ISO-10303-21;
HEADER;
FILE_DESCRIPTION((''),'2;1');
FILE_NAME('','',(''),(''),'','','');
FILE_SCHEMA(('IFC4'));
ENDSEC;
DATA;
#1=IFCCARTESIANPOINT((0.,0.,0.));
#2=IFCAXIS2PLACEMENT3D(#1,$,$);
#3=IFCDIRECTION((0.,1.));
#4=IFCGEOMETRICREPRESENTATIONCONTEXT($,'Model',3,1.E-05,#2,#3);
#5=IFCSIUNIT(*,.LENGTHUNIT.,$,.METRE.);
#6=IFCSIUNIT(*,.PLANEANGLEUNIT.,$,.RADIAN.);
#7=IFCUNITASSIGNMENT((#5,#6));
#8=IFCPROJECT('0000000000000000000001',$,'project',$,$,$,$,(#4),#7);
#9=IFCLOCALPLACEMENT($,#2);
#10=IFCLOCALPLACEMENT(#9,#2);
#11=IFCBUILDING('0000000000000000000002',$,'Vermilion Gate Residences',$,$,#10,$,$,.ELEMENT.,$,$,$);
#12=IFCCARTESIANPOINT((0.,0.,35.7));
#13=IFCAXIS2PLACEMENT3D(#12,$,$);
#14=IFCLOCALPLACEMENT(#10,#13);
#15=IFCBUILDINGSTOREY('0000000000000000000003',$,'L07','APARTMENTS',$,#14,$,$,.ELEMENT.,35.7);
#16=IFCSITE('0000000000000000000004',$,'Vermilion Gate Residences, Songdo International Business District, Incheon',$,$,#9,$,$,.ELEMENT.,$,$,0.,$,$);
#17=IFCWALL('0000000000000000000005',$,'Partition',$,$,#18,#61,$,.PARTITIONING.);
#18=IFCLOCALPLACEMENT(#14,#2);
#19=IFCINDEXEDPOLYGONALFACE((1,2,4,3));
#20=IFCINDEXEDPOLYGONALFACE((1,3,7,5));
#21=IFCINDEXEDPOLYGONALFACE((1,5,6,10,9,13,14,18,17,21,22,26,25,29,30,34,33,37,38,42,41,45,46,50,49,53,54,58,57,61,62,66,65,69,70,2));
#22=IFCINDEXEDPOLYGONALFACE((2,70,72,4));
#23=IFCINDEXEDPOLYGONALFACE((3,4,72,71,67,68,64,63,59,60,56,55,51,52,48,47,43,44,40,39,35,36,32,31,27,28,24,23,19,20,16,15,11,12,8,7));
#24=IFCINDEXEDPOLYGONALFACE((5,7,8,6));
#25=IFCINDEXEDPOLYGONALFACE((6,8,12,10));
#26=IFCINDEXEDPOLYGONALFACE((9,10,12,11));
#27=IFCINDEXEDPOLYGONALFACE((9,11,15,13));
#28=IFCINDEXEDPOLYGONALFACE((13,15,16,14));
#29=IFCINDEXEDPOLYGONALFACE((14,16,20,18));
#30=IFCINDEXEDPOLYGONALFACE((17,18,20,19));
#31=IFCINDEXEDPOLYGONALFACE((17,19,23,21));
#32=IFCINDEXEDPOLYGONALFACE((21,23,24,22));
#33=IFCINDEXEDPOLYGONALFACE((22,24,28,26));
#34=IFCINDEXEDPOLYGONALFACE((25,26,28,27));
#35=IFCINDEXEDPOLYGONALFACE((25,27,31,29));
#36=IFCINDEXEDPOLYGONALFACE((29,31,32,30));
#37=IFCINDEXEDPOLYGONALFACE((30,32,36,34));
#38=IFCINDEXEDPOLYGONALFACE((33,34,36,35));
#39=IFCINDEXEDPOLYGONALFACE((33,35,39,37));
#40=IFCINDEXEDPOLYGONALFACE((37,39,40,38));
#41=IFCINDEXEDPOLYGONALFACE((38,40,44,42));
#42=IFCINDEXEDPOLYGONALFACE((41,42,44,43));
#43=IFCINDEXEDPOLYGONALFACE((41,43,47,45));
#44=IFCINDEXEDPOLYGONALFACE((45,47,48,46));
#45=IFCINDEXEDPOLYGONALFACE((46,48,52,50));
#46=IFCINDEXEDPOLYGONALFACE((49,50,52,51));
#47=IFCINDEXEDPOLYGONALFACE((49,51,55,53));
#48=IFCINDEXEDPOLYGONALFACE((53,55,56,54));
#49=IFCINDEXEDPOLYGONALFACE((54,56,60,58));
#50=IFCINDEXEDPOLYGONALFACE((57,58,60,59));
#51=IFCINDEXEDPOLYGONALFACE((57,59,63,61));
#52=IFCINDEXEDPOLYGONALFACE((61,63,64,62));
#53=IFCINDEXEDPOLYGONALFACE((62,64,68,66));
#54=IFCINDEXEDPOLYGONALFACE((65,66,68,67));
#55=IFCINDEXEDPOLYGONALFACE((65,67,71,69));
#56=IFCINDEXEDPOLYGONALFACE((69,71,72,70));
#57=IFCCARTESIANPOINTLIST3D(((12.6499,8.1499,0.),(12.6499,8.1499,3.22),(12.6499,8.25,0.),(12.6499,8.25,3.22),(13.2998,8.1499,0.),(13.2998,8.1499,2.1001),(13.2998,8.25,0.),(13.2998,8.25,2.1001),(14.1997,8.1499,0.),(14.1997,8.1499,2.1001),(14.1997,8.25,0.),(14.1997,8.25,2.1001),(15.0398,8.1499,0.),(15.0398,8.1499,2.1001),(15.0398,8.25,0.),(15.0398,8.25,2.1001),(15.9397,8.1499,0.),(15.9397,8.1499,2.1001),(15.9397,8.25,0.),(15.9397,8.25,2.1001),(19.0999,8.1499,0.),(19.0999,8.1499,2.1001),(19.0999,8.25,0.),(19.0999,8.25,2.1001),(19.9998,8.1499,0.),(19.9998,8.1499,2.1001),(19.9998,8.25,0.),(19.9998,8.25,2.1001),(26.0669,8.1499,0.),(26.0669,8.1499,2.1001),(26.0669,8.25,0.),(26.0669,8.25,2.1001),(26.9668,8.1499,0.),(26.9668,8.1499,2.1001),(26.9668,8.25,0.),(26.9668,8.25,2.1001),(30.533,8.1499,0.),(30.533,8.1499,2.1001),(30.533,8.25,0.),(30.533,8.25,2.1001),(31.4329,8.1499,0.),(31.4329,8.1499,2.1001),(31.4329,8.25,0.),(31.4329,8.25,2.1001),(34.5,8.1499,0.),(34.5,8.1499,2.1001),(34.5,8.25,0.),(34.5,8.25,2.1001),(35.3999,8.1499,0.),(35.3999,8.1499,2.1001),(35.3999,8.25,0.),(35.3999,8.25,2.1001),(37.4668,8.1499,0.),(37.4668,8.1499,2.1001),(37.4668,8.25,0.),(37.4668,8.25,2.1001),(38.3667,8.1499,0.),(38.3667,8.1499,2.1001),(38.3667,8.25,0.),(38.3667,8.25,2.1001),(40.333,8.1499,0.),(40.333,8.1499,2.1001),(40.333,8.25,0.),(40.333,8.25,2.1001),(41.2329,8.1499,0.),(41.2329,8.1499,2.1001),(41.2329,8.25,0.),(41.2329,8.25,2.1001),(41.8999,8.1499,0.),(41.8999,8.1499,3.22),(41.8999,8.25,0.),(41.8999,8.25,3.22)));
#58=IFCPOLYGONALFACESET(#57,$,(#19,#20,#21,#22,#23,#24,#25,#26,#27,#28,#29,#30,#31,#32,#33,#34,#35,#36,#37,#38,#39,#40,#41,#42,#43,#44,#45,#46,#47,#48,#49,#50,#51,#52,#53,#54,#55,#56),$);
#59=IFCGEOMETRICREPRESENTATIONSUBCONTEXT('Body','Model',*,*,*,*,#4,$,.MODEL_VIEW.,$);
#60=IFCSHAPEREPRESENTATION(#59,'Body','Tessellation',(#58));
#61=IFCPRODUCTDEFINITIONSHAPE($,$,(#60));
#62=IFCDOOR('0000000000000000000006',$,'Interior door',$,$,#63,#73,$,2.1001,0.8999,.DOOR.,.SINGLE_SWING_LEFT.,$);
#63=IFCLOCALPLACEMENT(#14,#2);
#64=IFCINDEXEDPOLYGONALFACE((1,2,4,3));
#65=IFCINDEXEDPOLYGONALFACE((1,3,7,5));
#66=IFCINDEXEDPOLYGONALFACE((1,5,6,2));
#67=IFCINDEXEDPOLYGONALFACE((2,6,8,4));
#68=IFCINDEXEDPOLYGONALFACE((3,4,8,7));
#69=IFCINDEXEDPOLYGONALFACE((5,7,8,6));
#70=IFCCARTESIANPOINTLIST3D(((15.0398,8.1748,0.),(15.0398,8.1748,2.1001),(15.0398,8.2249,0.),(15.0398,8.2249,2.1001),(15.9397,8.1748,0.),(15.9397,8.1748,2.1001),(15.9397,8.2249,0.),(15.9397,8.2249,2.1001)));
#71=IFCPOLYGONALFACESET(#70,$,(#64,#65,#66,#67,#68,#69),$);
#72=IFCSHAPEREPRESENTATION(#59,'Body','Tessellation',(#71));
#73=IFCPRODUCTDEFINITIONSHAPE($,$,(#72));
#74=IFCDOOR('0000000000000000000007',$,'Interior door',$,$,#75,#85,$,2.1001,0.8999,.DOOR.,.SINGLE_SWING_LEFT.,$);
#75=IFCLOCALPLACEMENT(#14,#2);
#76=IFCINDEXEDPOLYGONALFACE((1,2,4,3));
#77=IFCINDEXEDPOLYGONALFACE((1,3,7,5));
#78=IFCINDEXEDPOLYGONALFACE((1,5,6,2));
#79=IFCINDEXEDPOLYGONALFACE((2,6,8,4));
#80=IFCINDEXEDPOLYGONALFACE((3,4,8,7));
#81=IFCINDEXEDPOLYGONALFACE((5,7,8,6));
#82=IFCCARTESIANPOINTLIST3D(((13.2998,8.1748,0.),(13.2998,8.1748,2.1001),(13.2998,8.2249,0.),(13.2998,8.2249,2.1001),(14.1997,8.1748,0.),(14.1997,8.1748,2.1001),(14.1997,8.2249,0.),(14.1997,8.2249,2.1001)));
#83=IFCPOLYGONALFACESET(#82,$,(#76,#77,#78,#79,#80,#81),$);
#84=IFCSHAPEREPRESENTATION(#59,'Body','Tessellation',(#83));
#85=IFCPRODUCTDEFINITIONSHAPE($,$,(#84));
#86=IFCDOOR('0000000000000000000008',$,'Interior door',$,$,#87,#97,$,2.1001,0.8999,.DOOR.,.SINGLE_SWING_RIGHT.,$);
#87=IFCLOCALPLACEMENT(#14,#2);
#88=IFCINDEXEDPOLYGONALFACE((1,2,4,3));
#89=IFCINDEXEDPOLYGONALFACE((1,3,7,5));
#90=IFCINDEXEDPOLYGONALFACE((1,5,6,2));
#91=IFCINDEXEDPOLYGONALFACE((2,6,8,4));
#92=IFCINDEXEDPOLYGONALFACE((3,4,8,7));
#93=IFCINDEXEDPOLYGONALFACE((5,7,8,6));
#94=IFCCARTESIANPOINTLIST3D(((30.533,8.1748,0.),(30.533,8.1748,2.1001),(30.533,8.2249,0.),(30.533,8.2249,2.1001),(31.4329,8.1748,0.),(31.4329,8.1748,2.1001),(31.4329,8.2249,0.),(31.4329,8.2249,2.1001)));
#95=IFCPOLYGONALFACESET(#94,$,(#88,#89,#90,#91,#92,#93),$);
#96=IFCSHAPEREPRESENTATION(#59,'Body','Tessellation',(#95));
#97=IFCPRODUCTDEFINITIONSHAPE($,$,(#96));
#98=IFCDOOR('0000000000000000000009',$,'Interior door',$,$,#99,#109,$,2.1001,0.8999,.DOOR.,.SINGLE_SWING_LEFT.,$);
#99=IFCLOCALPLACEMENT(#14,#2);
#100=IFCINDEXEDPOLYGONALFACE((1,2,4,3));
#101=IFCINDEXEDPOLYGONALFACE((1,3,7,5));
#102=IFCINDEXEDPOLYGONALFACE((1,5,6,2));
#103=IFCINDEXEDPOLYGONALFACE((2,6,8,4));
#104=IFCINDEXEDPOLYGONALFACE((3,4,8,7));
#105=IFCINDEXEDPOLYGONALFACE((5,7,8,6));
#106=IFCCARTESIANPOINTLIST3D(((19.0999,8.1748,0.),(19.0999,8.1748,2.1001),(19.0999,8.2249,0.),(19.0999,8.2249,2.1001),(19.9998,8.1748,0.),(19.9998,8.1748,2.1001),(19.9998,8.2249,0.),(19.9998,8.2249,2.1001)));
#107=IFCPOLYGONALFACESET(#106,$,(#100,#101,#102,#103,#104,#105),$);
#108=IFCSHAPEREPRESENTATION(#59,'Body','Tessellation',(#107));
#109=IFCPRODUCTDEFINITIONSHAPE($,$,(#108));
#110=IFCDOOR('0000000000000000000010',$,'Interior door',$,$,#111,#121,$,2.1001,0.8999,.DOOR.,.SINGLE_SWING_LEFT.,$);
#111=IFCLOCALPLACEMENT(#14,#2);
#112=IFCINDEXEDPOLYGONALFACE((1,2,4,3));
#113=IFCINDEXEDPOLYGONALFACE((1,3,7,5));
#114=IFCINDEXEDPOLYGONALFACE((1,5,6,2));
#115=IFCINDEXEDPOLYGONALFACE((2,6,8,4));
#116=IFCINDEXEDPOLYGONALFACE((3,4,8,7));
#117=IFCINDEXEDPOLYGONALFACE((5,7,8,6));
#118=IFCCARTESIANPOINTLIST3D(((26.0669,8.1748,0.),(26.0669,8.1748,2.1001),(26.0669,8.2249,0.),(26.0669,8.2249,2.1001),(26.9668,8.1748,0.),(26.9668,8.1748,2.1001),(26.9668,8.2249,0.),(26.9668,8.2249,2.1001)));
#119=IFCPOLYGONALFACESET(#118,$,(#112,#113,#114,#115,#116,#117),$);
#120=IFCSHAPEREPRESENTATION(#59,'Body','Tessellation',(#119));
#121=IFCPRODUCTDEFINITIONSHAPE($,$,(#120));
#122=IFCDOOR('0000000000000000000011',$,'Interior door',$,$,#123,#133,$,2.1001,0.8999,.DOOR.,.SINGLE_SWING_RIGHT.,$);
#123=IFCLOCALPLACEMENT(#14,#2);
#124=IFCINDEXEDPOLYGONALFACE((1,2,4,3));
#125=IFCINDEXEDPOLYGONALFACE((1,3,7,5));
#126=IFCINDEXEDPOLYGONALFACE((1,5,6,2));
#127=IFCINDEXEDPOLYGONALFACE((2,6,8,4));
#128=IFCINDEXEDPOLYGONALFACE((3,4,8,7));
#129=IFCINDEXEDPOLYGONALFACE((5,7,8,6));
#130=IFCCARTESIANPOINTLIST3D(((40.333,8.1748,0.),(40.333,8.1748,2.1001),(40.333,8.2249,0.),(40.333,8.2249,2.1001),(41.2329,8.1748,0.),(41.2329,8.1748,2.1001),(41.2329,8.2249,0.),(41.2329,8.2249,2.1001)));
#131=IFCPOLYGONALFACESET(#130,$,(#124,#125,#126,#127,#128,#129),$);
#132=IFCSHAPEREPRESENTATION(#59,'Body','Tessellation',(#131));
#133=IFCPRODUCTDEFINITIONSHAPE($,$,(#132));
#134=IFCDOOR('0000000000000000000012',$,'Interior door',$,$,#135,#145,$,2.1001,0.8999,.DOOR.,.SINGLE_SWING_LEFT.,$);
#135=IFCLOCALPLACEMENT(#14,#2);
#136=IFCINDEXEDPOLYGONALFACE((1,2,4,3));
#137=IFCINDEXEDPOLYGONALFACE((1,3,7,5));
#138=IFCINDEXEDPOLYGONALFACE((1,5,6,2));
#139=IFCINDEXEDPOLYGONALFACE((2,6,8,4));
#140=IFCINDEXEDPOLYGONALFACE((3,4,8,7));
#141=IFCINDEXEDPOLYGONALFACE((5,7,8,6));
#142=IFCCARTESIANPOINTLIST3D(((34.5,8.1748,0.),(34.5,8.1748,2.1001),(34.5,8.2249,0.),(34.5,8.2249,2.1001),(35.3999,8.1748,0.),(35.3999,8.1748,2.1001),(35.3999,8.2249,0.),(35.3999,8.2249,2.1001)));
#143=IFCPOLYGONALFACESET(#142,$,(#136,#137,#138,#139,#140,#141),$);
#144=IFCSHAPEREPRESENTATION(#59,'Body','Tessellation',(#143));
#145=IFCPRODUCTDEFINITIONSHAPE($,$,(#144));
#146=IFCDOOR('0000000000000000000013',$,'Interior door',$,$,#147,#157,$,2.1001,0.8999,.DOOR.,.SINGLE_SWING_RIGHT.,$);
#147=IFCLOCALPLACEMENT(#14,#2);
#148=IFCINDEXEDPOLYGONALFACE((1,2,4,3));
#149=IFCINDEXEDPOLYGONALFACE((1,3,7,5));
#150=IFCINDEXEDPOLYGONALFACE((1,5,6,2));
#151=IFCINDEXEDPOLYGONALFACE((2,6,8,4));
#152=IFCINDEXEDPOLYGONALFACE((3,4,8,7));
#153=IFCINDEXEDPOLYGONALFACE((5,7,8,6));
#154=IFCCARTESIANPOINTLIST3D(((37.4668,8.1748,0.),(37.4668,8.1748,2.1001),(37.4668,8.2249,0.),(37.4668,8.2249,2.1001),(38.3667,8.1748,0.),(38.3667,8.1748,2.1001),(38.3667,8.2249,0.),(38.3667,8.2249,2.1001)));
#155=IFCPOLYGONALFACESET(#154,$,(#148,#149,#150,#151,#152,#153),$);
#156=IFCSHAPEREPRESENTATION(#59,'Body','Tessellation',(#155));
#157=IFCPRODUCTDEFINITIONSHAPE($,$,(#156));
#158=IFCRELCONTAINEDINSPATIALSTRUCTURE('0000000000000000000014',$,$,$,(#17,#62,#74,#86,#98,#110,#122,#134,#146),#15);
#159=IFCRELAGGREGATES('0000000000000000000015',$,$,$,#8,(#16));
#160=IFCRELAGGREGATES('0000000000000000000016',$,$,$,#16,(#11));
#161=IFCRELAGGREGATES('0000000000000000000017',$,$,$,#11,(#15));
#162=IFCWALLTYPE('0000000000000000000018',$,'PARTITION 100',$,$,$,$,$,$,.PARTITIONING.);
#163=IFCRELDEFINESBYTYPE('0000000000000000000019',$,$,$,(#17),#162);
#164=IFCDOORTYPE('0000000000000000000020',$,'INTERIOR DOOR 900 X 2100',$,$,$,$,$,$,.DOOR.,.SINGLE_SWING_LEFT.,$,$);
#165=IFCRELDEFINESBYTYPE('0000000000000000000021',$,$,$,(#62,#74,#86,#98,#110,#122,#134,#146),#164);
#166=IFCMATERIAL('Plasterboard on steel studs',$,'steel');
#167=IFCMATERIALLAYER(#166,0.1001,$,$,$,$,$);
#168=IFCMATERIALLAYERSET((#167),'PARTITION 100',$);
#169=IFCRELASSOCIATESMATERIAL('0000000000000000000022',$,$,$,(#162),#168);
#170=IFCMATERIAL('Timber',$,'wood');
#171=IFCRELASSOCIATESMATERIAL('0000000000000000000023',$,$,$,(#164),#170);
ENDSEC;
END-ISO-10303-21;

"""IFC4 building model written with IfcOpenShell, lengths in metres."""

from ifc_helpers import new_model, si_unit, direction, frame, frame_2d, origin, place, context, subcontext, project, spatial, rectangle, extrude, material, layer, layer_set, type_object, element, fill, save


model = new_model("IFC4")

# Units and contexts
model_context = context("Model", 3, precision=1e-05, world=origin(), true_north=direction((0.0, 1.0)))
body_context = subcontext(model_context, "Body", "Model", "MODEL_VIEW")
ifc_project = project(units=[si_unit("LENGTHUNIT", "METRE"), si_unit("PLANEANGLEUNIT", "RADIAN")], contexts=[model_context])

# Site, building, storey
site_placement = place(None, origin())
site = spatial("IfcSite", under=ifc_project, at=site_placement, Name="Vermilion Gate Residences, Songdo International Business District, Incheon", CompositionType="ELEMENT", RefElevation=0.0)
building_placement = place(site_placement, origin())
building = spatial("IfcBuilding", under=site, at=building_placement, Name="Vermilion Gate Residences", CompositionType="ELEMENT")
storey_placement = place(building_placement, frame((0.0, 0.0, 35.7)))
storey = spatial("IfcBuildingStorey", under=building, at=storey_placement, Name="L07", Description="APARTMENTS", CompositionType="ELEMENT", Elevation=35.7)

# Wall, openings, doors
ifc_material_1 = material(Name="Plasterboard on steel studs", Category="steel")
ifc_layer = layer(ifc_material_1, 0.1001)
ifc_layer_set = layer_set([ifc_layer], Name="PARTITION 100")
wall_type = type_object("IfcWallType", Name="PARTITION 100", PredefinedType="PARTITIONING", material=ifc_layer_set)
ifc_material_2 = material(Name="Timber", Category="wood")
door_type = type_object("IfcDoorType", Name="INTERIOR DOOR 900 X 2100", OperationType="SINGLE_SWING_LEFT", PredefinedType="DOOR", material=ifc_material_2)
wall_1_placement = place(storey_placement, frame((12.6499, 8.2, 0.0), z_axis=(0.0, 0.0, 1.0), x_axis=(1.0, 0.0, 0.0)))
wall_1 = element("IfcWall", 1, at=wall_1_placement, inside=storey, type_object=wall_type, Name="Partition", PredefinedType="PARTITIONING", context=body_context, shape_type="SweptSolid", body=[
    extrude(rectangle(XDim=29.25, YDim=0.1001, at=frame_2d((14.625, 0.0))), origin(), (0.0, 0.0, 1.0), 3.22),
])
opening_1_placement = place(wall_1_placement, frame((2.3899, 0.0, 0.0)))
opening_1 = element("IfcOpeningElement", 2, at=opening_1_placement, cuts=wall_1, PredefinedType="OPENING", context=body_context, shape_type="SweptSolid", body=[
    extrude(rectangle(XDim=0.8999, YDim=2.1001, at=frame_2d((0.45, 1.05))), frame((0.0, 0.0601, 0.0), z_axis=(0.0, -1.0, 0.0), x_axis=(1.0, 0.0, 0.0)), (0.0, 0.0, 1.0), 0.1201),
])
opening_2_placement = place(wall_1_placement, frame((0.6499, 0.0, 0.0)))
opening_2 = element("IfcOpeningElement", 3, at=opening_2_placement, cuts=wall_1, PredefinedType="OPENING", context=body_context, shape_type="SweptSolid", body=[
    extrude(rectangle(XDim=0.8999, YDim=2.1001, at=frame_2d((0.45, 1.05))), frame((0.0, 0.0601, 0.0), z_axis=(0.0, -1.0, 0.0), x_axis=(1.0, 0.0, 0.0)), (0.0, 0.0, 1.0), 0.1201),
])
opening_3_placement = place(wall_1_placement, frame((17.8831, 0.0, 0.0)))
opening_3 = element("IfcOpeningElement", 4, at=opening_3_placement, cuts=wall_1, PredefinedType="OPENING", context=body_context, shape_type="SweptSolid", body=[
    extrude(rectangle(XDim=0.8999, YDim=2.1001, at=frame_2d((0.45, 1.05))), frame((0.0, 0.0601, 0.0), z_axis=(0.0, -1.0, 0.0), x_axis=(1.0, 0.0, 0.0)), (0.0, 0.0, 1.0), 0.1201),
])
opening_4_placement = place(wall_1_placement, frame((6.45, 0.0, 0.0)))
opening_4 = element("IfcOpeningElement", 5, at=opening_4_placement, cuts=wall_1, PredefinedType="OPENING", context=body_context, shape_type="SweptSolid", body=[
    extrude(rectangle(XDim=0.8999, YDim=2.1001, at=frame_2d((0.45, 1.05))), frame((0.0, 0.0601, 0.0), z_axis=(0.0, -1.0, 0.0), x_axis=(1.0, 0.0, 0.0)), (0.0, 0.0, 1.0), 0.1201),
])
opening_5_placement = place(wall_1_placement, frame((13.417, 0.0, 0.0)))
opening_5 = element("IfcOpeningElement", 6, at=opening_5_placement, cuts=wall_1, PredefinedType="OPENING", context=body_context, shape_type="SweptSolid", body=[
    extrude(rectangle(XDim=0.8999, YDim=2.1001, at=frame_2d((0.45, 1.05))), frame((0.0, 0.0601, 0.0), z_axis=(0.0, -1.0, 0.0), x_axis=(1.0, 0.0, 0.0)), (0.0, 0.0, 1.0), 0.1201),
])
opening_6_placement = place(wall_1_placement, frame((27.6831, 0.0, 0.0)))
opening_6 = element("IfcOpeningElement", 7, at=opening_6_placement, cuts=wall_1, PredefinedType="OPENING", context=body_context, shape_type="SweptSolid", body=[
    extrude(rectangle(XDim=0.8999, YDim=2.1001, at=frame_2d((0.45, 1.05))), frame((0.0, 0.0601, 0.0), z_axis=(0.0, -1.0, 0.0), x_axis=(1.0, 0.0, 0.0)), (0.0, 0.0, 1.0), 0.1201),
])
opening_7_placement = place(wall_1_placement, frame((21.8501, 0.0, 0.0)))
opening_7 = element("IfcOpeningElement", 8, at=opening_7_placement, cuts=wall_1, PredefinedType="OPENING", context=body_context, shape_type="SweptSolid", body=[
    extrude(rectangle(XDim=0.8999, YDim=2.1001, at=frame_2d((0.45, 1.05))), frame((0.0, 0.0601, 0.0), z_axis=(0.0, -1.0, 0.0), x_axis=(1.0, 0.0, 0.0)), (0.0, 0.0, 1.0), 0.1201),
])
opening_8_placement = place(wall_1_placement, frame((24.8169, 0.0, 0.0)))
opening_8 = element("IfcOpeningElement", 9, at=opening_8_placement, cuts=wall_1, PredefinedType="OPENING", context=body_context, shape_type="SweptSolid", body=[
    extrude(rectangle(XDim=0.8999, YDim=2.1001, at=frame_2d((0.45, 1.05))), frame((0.0, 0.0601, 0.0), z_axis=(0.0, -1.0, 0.0), x_axis=(1.0, 0.0, 0.0)), (0.0, 0.0, 1.0), 0.1201),
])
door_1_placement = place(opening_1_placement, origin())
door_1 = element("IfcDoor", 10, at=door_1_placement, inside=storey, type_object=door_type, Name="Interior door", OperationType="SINGLE_SWING_LEFT", OverallHeight=2.1001, OverallWidth=0.8999, PredefinedType="DOOR", context=body_context, shape_type="SweptSolid", body=[
    extrude(rectangle(XDim=0.8999, YDim=2.1001, at=frame_2d((0.45, 1.05))), frame((0.0, 0.0249, 0.0), z_axis=(0.0, -1.0, 0.0), x_axis=(1.0, 0.0, 0.0)), (0.0, 0.0, 1.0), 0.05),
])
fill(opening_1, door_1)
door_2_placement = place(opening_2_placement, origin())
door_2 = element("IfcDoor", 11, at=door_2_placement, inside=storey, type_object=door_type, Name="Interior door", OperationType="SINGLE_SWING_LEFT", OverallHeight=2.1001, OverallWidth=0.8999, PredefinedType="DOOR", context=body_context, shape_type="SweptSolid", body=[
    extrude(rectangle(XDim=0.8999, YDim=2.1001, at=frame_2d((0.45, 1.05))), frame((0.0, 0.0249, 0.0), z_axis=(0.0, -1.0, 0.0), x_axis=(1.0, 0.0, 0.0)), (0.0, 0.0, 1.0), 0.05),
])
fill(opening_2, door_2)
door_3_placement = place(opening_3_placement, origin())
door_3 = element("IfcDoor", 12, at=door_3_placement, inside=storey, type_object=door_type, Name="Interior door", OperationType="SINGLE_SWING_RIGHT", OverallHeight=2.1001, OverallWidth=0.8999, PredefinedType="DOOR", context=body_context, shape_type="SweptSolid", body=[
    extrude(rectangle(XDim=0.8999, YDim=2.1001, at=frame_2d((0.45, 1.05))), frame((0.0, 0.0249, 0.0), z_axis=(0.0, -1.0, 0.0), x_axis=(1.0, 0.0, 0.0)), (0.0, 0.0, 1.0), 0.05),
])
fill(opening_3, door_3)
door_4_placement = place(opening_4_placement, origin())
door_4 = element("IfcDoor", 13, at=door_4_placement, inside=storey, type_object=door_type, Name="Interior door", OperationType="SINGLE_SWING_LEFT", OverallHeight=2.1001, OverallWidth=0.8999, PredefinedType="DOOR", context=body_context, shape_type="SweptSolid", body=[
    extrude(rectangle(XDim=0.8999, YDim=2.1001, at=frame_2d((0.45, 1.05))), frame((0.0, 0.0249, 0.0), z_axis=(0.0, -1.0, 0.0), x_axis=(1.0, 0.0, 0.0)), (0.0, 0.0, 1.0), 0.05),
])
fill(opening_4, door_4)
door_5_placement = place(opening_5_placement, origin())
door_5 = element("IfcDoor", 14, at=door_5_placement, inside=storey, type_object=door_type, Name="Interior door", OperationType="SINGLE_SWING_LEFT", OverallHeight=2.1001, OverallWidth=0.8999, PredefinedType="DOOR", context=body_context, shape_type="SweptSolid", body=[
    extrude(rectangle(XDim=0.8999, YDim=2.1001, at=frame_2d((0.45, 1.05))), frame((0.0, 0.0249, 0.0), z_axis=(0.0, -1.0, 0.0), x_axis=(1.0, 0.0, 0.0)), (0.0, 0.0, 1.0), 0.05),
])
fill(opening_5, door_5)
door_6_placement = place(opening_6_placement, origin())
door_6 = element("IfcDoor", 15, at=door_6_placement, inside=storey, type_object=door_type, Name="Interior door", OperationType="SINGLE_SWING_RIGHT", OverallHeight=2.1001, OverallWidth=0.8999, PredefinedType="DOOR", context=body_context, shape_type="SweptSolid", body=[
    extrude(rectangle(XDim=0.8999, YDim=2.1001, at=frame_2d((0.45, 1.05))), frame((0.0, 0.0249, 0.0), z_axis=(0.0, -1.0, 0.0), x_axis=(1.0, 0.0, 0.0)), (0.0, 0.0, 1.0), 0.05),
])
fill(opening_6, door_6)
door_7_placement = place(opening_7_placement, origin())
door_7 = element("IfcDoor", 16, at=door_7_placement, inside=storey, type_object=door_type, Name="Interior door", OperationType="SINGLE_SWING_LEFT", OverallHeight=2.1001, OverallWidth=0.8999, PredefinedType="DOOR", context=body_context, shape_type="SweptSolid", body=[
    extrude(rectangle(XDim=0.8999, YDim=2.1001, at=frame_2d((0.45, 1.05))), frame((0.0, 0.0249, 0.0), z_axis=(0.0, -1.0, 0.0), x_axis=(1.0, 0.0, 0.0)), (0.0, 0.0, 1.0), 0.05),
])
fill(opening_7, door_7)
door_8_placement = place(opening_8_placement, origin())
door_8 = element("IfcDoor", 17, at=door_8_placement, inside=storey, type_object=door_type, Name="Interior door", OperationType="SINGLE_SWING_RIGHT", OverallHeight=2.1001, OverallWidth=0.8999, PredefinedType="DOOR", context=body_context, shape_type="SweptSolid", body=[
    extrude(rectangle(XDim=0.8999, YDim=2.1001, at=frame_2d((0.45, 1.05))), frame((0.0, 0.0249, 0.0), z_axis=(0.0, -1.0, 0.0), x_axis=(1.0, 0.0, 0.0)), (0.0, 0.0, 1.0), 0.05),
])
fill(opening_8, door_8)

save(model, "model.ifc")
